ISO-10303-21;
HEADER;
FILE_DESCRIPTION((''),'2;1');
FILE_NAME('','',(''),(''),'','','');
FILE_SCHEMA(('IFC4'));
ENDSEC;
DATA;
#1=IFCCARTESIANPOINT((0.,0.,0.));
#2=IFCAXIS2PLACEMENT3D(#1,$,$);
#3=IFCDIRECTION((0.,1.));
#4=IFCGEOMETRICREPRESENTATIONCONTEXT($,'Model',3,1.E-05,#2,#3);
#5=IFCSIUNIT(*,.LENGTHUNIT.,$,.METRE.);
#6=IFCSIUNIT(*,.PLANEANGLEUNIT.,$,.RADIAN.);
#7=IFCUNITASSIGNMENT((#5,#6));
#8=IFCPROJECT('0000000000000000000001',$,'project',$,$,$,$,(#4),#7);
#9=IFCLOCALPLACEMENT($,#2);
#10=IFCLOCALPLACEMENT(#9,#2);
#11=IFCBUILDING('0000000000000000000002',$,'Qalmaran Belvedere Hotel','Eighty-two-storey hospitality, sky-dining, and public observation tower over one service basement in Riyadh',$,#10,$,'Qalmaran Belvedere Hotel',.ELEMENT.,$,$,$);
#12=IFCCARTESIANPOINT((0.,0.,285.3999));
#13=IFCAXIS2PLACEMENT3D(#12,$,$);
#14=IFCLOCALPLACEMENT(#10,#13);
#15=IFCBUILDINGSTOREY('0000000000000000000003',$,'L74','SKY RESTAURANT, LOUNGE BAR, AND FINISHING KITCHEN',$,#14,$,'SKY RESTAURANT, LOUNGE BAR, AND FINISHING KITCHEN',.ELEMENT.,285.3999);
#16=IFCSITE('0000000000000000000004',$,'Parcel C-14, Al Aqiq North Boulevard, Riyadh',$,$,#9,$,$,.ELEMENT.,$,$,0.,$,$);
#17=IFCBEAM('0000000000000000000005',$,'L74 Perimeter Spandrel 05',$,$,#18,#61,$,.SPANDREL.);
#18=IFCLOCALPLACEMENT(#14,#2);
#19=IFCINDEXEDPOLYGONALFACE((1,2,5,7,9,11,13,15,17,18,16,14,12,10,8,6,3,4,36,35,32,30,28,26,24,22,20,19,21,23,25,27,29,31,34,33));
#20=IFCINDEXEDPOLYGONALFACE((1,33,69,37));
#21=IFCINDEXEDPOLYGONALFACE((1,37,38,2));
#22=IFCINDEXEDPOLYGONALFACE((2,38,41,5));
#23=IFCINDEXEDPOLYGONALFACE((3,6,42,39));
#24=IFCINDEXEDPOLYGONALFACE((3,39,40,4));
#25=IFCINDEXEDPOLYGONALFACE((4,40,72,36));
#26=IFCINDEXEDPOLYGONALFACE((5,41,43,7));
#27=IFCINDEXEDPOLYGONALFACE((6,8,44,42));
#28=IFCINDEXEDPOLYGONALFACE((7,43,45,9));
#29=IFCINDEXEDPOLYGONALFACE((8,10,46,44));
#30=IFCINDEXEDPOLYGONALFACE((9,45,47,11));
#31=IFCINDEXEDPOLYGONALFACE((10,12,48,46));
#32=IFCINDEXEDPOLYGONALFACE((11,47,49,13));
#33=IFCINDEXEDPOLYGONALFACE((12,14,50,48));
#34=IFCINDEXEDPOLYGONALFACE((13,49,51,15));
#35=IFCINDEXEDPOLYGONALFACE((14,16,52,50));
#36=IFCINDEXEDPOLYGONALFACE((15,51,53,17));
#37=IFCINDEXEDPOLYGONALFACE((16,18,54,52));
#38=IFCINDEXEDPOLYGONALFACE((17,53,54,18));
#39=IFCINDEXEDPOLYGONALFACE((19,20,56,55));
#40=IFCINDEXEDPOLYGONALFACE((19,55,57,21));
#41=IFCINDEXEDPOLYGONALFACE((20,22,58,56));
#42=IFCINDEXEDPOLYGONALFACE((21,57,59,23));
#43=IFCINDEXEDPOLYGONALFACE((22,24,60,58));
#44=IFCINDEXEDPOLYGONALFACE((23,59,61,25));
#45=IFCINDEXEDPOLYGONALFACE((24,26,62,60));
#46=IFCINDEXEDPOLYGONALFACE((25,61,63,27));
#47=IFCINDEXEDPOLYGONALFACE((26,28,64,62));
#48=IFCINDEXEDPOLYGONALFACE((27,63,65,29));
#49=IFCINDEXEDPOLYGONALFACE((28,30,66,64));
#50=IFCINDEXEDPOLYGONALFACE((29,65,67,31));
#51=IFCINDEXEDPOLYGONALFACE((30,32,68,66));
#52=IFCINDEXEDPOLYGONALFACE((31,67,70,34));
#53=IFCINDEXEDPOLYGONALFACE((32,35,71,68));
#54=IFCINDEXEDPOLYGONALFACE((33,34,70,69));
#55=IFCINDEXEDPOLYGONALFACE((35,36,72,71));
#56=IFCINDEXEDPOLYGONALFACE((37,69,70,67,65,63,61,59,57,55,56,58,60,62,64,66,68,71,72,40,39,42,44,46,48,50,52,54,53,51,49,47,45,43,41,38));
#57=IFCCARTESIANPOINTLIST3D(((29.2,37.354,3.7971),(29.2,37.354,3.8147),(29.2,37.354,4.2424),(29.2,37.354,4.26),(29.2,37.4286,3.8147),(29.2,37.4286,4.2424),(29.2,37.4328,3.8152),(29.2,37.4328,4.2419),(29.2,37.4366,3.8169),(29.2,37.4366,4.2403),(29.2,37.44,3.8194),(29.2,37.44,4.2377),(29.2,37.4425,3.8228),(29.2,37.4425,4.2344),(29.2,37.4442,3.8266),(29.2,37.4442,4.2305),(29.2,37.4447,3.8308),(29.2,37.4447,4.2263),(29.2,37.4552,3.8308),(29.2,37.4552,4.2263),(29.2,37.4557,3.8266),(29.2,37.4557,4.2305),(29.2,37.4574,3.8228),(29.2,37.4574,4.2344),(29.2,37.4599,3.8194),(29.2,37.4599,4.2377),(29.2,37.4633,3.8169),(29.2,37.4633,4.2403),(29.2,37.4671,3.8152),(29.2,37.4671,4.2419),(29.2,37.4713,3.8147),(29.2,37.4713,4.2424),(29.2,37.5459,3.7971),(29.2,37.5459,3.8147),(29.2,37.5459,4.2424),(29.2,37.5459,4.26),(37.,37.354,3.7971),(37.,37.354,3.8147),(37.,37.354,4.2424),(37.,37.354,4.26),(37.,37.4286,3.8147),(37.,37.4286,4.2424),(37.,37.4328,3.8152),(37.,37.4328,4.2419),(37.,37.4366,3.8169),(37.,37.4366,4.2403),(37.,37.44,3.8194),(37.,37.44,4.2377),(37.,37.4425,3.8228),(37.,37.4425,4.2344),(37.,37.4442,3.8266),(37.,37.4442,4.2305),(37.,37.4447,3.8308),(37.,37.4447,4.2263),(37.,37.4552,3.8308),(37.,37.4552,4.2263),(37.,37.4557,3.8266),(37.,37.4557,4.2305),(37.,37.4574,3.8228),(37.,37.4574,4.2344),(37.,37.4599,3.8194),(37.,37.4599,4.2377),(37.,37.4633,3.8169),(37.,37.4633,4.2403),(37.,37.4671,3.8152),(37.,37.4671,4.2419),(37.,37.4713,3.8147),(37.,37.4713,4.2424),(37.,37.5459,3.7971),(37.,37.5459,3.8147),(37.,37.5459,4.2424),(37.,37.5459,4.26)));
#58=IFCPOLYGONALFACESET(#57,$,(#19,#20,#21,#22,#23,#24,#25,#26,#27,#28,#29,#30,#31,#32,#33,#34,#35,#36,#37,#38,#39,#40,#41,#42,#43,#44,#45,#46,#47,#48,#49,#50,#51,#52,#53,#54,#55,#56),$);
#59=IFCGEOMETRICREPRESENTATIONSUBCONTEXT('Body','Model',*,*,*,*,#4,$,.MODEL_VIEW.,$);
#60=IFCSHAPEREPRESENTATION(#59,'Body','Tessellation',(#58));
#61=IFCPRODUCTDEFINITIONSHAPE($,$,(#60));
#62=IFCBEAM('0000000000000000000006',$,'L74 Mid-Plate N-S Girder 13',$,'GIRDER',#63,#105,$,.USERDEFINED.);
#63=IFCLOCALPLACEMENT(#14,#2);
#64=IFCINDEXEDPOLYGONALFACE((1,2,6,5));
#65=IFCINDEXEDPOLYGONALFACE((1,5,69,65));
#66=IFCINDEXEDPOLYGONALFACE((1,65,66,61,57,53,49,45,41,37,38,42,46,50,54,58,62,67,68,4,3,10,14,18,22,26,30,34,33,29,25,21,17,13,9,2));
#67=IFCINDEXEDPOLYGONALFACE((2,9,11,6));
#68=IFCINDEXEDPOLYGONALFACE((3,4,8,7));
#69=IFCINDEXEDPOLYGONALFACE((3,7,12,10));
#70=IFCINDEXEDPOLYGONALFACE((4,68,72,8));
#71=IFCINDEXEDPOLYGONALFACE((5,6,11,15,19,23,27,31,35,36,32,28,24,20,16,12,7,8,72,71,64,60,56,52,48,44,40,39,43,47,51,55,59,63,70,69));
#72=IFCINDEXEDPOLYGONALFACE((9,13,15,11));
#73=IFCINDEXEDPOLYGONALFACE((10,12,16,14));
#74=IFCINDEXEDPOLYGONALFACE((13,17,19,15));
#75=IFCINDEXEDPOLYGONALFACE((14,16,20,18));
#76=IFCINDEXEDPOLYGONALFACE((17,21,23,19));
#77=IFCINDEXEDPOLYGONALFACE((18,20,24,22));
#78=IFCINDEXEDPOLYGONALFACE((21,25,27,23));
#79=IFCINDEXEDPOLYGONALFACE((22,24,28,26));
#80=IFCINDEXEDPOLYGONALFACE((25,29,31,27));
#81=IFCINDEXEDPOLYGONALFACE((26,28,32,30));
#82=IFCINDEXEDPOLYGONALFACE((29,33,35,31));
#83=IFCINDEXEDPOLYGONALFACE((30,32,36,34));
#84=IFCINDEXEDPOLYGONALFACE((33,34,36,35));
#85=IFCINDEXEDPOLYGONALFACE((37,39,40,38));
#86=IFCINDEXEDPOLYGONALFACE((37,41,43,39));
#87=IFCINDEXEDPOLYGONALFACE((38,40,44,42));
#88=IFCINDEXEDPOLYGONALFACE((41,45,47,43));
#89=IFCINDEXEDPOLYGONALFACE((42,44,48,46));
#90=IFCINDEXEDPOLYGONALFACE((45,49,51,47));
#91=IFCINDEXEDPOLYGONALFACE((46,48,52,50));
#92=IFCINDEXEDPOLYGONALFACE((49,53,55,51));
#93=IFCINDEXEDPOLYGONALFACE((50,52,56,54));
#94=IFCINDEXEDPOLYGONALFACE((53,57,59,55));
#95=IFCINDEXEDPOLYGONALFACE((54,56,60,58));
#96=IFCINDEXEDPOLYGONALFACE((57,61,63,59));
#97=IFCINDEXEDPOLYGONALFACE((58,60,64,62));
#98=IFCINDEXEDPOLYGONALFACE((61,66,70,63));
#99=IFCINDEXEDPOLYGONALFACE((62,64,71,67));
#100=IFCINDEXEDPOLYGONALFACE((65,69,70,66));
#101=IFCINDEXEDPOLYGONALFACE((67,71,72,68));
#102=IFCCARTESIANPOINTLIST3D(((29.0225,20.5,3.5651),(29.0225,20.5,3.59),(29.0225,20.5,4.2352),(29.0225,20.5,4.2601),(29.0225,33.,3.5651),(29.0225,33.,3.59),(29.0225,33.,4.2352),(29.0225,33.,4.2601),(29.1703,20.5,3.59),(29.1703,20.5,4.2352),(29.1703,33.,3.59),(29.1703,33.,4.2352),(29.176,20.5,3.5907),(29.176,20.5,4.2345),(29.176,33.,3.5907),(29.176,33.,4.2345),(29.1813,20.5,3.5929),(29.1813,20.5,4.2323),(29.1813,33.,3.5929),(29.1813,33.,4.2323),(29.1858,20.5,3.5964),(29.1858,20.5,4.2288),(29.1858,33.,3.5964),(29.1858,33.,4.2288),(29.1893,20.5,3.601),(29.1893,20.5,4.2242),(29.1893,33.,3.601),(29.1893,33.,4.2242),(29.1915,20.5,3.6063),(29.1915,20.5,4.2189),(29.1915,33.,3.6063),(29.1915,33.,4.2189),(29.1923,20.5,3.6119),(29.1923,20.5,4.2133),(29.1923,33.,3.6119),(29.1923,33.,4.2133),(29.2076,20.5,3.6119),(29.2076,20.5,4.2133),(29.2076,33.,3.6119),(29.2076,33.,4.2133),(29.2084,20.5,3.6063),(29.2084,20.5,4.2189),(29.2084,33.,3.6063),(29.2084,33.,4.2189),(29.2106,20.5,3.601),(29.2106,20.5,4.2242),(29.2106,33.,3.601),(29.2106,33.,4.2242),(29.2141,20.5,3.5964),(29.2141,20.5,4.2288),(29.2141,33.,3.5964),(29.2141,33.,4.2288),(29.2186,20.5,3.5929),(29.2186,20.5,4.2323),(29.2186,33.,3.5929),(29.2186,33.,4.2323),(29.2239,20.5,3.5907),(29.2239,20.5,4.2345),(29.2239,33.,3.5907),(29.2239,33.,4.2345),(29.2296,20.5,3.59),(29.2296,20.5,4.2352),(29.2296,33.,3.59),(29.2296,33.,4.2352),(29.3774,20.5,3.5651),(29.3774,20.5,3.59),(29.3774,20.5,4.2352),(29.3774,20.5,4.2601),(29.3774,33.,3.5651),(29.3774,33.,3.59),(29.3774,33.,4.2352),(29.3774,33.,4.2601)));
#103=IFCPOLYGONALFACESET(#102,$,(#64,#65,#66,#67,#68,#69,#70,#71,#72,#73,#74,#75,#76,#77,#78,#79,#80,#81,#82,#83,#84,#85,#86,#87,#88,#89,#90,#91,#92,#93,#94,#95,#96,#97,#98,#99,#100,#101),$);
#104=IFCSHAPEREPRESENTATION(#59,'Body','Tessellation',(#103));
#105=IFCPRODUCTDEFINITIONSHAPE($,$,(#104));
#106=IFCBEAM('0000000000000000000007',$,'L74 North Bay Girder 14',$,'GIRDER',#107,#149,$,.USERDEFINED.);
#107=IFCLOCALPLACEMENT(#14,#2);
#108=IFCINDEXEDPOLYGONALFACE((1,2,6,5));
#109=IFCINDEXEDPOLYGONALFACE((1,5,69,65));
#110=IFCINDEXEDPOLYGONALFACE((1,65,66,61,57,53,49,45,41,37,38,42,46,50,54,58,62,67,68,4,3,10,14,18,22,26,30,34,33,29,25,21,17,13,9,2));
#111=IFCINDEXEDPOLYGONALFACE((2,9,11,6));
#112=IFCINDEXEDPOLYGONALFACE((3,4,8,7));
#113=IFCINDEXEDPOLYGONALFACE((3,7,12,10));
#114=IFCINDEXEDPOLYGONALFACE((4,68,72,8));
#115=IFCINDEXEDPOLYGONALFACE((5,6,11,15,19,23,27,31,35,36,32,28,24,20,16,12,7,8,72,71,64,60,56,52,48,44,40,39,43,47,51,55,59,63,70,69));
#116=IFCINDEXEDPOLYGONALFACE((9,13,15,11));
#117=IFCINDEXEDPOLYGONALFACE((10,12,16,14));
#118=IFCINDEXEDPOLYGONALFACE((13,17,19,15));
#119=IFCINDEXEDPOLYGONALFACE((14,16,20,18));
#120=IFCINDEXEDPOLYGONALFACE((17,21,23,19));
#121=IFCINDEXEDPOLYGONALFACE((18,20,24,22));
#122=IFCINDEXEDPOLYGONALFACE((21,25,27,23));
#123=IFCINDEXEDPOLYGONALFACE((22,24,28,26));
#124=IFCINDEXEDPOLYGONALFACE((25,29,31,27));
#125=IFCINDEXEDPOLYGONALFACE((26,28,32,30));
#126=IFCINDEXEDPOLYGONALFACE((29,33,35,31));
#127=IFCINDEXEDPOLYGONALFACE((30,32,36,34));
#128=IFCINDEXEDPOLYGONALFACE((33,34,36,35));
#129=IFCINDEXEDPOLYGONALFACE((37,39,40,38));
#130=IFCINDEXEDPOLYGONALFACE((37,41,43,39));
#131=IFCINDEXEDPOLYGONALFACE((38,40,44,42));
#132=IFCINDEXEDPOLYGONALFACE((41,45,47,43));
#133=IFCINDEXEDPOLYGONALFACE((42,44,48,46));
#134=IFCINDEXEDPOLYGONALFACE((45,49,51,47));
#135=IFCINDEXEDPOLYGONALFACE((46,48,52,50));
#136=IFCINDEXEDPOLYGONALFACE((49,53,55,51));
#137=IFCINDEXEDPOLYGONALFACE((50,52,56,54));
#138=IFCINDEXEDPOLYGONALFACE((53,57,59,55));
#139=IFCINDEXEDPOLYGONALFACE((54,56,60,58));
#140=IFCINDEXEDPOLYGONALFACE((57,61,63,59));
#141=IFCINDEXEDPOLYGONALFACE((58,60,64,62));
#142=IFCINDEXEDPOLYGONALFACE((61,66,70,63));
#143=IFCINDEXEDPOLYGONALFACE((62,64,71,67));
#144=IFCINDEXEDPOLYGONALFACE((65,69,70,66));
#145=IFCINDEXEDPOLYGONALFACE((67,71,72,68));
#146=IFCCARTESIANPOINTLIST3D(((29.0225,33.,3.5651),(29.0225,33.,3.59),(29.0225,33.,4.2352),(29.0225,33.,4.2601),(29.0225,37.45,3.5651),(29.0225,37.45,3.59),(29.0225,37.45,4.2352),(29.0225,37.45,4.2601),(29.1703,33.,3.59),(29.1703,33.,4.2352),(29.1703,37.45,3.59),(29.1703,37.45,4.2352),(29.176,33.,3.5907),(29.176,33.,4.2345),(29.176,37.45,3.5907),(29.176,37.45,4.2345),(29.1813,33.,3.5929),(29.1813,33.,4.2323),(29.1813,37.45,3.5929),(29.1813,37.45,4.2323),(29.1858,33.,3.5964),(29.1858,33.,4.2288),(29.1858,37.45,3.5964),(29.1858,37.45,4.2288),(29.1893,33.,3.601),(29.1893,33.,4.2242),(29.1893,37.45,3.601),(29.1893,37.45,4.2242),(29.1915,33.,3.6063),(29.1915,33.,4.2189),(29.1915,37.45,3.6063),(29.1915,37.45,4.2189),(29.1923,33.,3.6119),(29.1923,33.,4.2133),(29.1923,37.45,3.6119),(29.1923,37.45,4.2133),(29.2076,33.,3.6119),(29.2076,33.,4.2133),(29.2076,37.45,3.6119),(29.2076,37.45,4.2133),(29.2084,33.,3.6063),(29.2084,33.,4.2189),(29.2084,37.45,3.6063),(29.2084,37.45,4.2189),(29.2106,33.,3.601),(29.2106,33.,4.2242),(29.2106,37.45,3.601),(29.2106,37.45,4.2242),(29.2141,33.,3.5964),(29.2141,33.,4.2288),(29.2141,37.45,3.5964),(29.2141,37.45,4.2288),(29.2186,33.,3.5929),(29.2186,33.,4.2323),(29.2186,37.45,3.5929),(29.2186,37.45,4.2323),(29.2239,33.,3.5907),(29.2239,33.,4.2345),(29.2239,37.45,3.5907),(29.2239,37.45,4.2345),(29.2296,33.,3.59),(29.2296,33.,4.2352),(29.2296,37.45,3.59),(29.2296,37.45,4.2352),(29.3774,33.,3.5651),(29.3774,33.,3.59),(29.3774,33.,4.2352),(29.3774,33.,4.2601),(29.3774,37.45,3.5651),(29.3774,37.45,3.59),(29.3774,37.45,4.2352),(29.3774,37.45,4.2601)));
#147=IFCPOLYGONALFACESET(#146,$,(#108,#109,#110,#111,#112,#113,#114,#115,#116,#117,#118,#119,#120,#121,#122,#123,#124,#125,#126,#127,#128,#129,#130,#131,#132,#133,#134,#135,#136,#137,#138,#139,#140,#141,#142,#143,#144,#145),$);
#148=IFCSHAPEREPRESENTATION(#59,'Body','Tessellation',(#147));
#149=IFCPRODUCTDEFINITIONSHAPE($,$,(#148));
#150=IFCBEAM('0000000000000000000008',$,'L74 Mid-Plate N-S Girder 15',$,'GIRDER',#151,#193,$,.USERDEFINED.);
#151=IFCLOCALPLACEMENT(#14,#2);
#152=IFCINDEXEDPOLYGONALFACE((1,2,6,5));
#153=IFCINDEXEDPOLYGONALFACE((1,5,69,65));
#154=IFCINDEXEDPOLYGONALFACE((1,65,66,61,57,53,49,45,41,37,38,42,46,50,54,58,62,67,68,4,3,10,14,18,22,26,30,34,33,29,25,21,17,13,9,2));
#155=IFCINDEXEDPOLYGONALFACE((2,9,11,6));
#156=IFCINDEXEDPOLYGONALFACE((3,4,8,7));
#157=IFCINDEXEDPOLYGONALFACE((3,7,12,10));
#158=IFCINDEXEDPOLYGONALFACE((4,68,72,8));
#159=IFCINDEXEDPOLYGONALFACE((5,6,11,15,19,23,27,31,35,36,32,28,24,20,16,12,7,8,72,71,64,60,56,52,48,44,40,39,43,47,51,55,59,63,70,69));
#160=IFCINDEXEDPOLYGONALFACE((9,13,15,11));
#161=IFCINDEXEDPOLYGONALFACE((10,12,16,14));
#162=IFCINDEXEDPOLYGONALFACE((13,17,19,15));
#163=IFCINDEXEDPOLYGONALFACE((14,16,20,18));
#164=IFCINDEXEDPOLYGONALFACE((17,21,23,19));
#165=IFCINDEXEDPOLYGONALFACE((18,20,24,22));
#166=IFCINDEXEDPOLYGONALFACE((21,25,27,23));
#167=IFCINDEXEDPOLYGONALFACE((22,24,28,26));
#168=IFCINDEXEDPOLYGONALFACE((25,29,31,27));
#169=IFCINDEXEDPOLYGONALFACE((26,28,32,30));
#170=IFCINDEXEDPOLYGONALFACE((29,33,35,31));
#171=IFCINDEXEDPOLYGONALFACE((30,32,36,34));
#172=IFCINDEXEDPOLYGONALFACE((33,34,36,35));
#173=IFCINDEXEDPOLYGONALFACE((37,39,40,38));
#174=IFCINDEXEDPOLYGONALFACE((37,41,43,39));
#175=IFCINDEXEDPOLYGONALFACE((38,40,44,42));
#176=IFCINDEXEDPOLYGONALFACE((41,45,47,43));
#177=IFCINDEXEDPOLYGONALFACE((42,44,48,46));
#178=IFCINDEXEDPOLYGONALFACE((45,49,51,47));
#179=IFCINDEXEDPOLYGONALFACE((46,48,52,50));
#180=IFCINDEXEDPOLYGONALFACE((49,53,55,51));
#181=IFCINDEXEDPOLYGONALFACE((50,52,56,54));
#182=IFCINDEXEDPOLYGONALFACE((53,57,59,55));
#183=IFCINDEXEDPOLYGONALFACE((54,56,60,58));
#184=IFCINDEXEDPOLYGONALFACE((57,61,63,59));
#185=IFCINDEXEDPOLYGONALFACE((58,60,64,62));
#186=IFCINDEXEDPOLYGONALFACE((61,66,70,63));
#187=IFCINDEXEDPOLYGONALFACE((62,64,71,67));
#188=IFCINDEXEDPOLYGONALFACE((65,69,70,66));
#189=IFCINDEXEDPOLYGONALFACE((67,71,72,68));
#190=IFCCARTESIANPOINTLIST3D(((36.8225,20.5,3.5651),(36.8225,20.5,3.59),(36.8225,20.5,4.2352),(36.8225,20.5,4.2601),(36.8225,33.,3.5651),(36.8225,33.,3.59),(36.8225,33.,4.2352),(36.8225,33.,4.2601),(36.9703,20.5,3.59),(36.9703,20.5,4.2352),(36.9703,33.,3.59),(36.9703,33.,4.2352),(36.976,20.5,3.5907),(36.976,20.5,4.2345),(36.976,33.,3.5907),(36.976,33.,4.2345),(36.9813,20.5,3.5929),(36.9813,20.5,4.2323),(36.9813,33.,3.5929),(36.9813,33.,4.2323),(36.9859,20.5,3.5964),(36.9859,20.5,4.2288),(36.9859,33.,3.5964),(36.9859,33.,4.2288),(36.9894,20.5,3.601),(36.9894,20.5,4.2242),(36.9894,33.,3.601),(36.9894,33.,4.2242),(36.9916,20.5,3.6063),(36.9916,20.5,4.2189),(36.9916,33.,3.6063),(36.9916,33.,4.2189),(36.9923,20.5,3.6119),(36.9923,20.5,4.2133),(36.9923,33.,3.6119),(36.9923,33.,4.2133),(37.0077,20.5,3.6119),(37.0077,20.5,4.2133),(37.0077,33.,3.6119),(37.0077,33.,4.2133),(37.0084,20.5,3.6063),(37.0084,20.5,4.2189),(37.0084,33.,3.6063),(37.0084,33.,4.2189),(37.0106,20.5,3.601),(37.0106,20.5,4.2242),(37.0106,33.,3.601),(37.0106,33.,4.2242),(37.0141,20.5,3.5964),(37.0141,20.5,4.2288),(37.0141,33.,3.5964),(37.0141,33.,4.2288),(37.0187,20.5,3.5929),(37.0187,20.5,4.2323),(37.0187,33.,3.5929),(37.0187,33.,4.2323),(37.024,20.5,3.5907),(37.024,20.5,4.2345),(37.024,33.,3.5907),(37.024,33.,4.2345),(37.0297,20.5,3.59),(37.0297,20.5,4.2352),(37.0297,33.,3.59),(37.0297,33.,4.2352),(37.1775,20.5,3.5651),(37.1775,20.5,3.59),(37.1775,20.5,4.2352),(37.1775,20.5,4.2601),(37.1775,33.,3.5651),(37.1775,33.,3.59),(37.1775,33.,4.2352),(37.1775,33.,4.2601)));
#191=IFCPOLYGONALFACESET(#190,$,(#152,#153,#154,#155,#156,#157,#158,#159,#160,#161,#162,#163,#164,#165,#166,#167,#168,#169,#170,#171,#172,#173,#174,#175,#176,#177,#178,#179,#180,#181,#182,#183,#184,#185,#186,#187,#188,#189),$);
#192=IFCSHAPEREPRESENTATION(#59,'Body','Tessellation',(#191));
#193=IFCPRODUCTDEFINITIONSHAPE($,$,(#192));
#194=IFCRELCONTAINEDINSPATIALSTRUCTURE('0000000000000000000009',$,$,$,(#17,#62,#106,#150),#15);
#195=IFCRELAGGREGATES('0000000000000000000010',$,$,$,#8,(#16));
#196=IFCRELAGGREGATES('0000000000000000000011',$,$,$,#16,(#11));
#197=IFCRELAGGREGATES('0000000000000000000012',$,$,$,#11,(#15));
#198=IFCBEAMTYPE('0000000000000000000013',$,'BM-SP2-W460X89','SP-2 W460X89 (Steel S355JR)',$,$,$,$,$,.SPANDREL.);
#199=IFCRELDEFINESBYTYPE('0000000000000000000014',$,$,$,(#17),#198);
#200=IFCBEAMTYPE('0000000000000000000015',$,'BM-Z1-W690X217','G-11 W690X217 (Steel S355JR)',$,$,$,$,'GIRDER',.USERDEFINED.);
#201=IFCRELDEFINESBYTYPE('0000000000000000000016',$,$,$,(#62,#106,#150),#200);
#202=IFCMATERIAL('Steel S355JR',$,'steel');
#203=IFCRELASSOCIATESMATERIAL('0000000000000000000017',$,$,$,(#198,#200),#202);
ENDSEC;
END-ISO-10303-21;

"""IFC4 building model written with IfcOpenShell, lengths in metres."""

from ifc_helpers import new_model, si_unit, direction, frame, origin, origin_2d, place, context, subcontext, project, spatial, i_section, extrude, material, material_profile, profile_set, type_object, element, save


model = new_model("IFC4")

# Units and contexts
model_context = context("Model", 3, precision=1e-05, world=origin(), true_north=direction((0.0, 1.0)))
body_context = subcontext(model_context, "Body", "Model", "MODEL_VIEW")
ifc_project = project(units=[si_unit("LENGTHUNIT", "METRE"), si_unit("PLANEANGLEUNIT", "RADIAN")], contexts=[model_context])

# Site, building, storey
site_placement = place(None, origin())
site = spatial("IfcSite", under=ifc_project, at=site_placement, Name="Parcel C-14, Al Aqiq North Boulevard, Riyadh", CompositionType="ELEMENT", RefElevation=0.0)
building_placement = place(site_placement, origin())
building = spatial("IfcBuilding", under=site, at=building_placement, Name="Qalmaran Belvedere Hotel", Description="Eighty-two-storey hospitality, sky-dining, and public observation tower over one service basement in Riyadh", LongName="Qalmaran Belvedere Hotel", CompositionType="ELEMENT")
storey_placement = place(building_placement, frame((0.0, 0.0, 285.3999)))
storey = spatial("IfcBuildingStorey", under=building, at=storey_placement, Name="L74", Description="SKY RESTAURANT, LOUNGE BAR, AND FINISHING KITCHEN", LongName="SKY RESTAURANT, LOUNGE BAR, AND FINISHING KITCHEN", CompositionType="ELEMENT", Elevation=285.3999)

# Beams
ifc_material_1 = material(Name="Steel S355JR", Category="steel")
ifc_material_profile_1 = material_profile(ifc_material_1, i_section(OverallWidth=0.1919, OverallDepth=0.4629, WebThickness=0.0105, FlangeThickness=0.0176, FilletRadius=0.0161, at=origin_2d()), Name="W460X89")
ifc_profile_set_1 = profile_set([ifc_material_profile_1], Name="Steel S355JR")
beam_type_1 = type_object("IfcBeamType", Name="BM-SP2-W460X89", Description="SP-2 W460X89 (Steel S355JR)", PredefinedType="SPANDREL", material=ifc_profile_set_1)
beam_1_placement = place(storey_placement, frame((29.2, 37.45, 4.0286), z_axis=(1.0, 0.0, 0.0), x_axis=(0.0, 1.0, 0.0)))
element("IfcBeam", 1, at=beam_1_placement, inside=storey, type_object=beam_type_1, Name="L74 Perimeter Spandrel 05", PredefinedType="SPANDREL", context=body_context, shape_type="SweptSolid", body=[
    extrude(i_section(OverallWidth=0.1919, OverallDepth=0.4629, WebThickness=0.0105, FlangeThickness=0.0176, FilletRadius=0.0161, at=origin_2d()), origin(), (0.0, 0.0, 1.0), 7.8),
])
ifc_material_profile_2 = material_profile(ifc_material_1, i_section(OverallWidth=0.355, OverallDepth=0.6951, WebThickness=0.0154, FlangeThickness=0.0249, FilletRadius=0.022, at=origin_2d()), Name="W690X217")
ifc_profile_set_2 = profile_set([ifc_material_profile_2], Name="Steel S355JR")
beam_type_2 = type_object("IfcBeamType", Name="BM-Z1-W690X217", Description="G-11 W690X217 (Steel S355JR)", ElementType="GIRDER", PredefinedType="USERDEFINED", material=ifc_profile_set_2)
beam_2_placement = place(storey_placement, frame((29.2, 20.5, 3.9126), z_axis=(0.0, 1.0, 0.0), x_axis=(-1.0, 0.0, 0.0)))
element("IfcBeam", 2, at=beam_2_placement, inside=storey, type_object=beam_type_2, Name="L74 Mid-Plate N-S Girder 13", ObjectType="GIRDER", PredefinedType="USERDEFINED", context=body_context, shape_type="SweptSolid", body=[
    extrude(i_section(OverallWidth=0.355, OverallDepth=0.6951, WebThickness=0.0154, FlangeThickness=0.0249, FilletRadius=0.022, at=origin_2d()), origin(), (0.0, 0.0, 1.0), 12.5),
])
beam_3_placement = place(storey_placement, frame((29.2, 33.0, 3.9126), z_axis=(0.0, 1.0, 0.0), x_axis=(-1.0, 0.0, 0.0)))
element("IfcBeam", 3, at=beam_3_placement, inside=storey, type_object=beam_type_2, Name="L74 North Bay Girder 14", ObjectType="GIRDER", PredefinedType="USERDEFINED", context=body_context, shape_type="SweptSolid", body=[
    extrude(i_section(OverallWidth=0.355, OverallDepth=0.6951, WebThickness=0.0154, FlangeThickness=0.0249, FilletRadius=0.022, at=origin_2d()), origin(), (0.0, 0.0, 1.0), 4.45),
])
beam_4_placement = place(storey_placement, frame((37.0, 20.5, 3.9126), z_axis=(0.0, 1.0, 0.0), x_axis=(-1.0, 0.0, 0.0)))
element("IfcBeam", 4, at=beam_4_placement, inside=storey, type_object=beam_type_2, Name="L74 Mid-Plate N-S Girder 15", ObjectType="GIRDER", PredefinedType="USERDEFINED", context=body_context, shape_type="SweptSolid", body=[
    extrude(i_section(OverallWidth=0.355, OverallDepth=0.6951, WebThickness=0.0154, FlangeThickness=0.0249, FilletRadius=0.022, at=origin_2d()), origin(), (0.0, 0.0, 1.0), 12.5),
])

save(model, "model.ifc")
